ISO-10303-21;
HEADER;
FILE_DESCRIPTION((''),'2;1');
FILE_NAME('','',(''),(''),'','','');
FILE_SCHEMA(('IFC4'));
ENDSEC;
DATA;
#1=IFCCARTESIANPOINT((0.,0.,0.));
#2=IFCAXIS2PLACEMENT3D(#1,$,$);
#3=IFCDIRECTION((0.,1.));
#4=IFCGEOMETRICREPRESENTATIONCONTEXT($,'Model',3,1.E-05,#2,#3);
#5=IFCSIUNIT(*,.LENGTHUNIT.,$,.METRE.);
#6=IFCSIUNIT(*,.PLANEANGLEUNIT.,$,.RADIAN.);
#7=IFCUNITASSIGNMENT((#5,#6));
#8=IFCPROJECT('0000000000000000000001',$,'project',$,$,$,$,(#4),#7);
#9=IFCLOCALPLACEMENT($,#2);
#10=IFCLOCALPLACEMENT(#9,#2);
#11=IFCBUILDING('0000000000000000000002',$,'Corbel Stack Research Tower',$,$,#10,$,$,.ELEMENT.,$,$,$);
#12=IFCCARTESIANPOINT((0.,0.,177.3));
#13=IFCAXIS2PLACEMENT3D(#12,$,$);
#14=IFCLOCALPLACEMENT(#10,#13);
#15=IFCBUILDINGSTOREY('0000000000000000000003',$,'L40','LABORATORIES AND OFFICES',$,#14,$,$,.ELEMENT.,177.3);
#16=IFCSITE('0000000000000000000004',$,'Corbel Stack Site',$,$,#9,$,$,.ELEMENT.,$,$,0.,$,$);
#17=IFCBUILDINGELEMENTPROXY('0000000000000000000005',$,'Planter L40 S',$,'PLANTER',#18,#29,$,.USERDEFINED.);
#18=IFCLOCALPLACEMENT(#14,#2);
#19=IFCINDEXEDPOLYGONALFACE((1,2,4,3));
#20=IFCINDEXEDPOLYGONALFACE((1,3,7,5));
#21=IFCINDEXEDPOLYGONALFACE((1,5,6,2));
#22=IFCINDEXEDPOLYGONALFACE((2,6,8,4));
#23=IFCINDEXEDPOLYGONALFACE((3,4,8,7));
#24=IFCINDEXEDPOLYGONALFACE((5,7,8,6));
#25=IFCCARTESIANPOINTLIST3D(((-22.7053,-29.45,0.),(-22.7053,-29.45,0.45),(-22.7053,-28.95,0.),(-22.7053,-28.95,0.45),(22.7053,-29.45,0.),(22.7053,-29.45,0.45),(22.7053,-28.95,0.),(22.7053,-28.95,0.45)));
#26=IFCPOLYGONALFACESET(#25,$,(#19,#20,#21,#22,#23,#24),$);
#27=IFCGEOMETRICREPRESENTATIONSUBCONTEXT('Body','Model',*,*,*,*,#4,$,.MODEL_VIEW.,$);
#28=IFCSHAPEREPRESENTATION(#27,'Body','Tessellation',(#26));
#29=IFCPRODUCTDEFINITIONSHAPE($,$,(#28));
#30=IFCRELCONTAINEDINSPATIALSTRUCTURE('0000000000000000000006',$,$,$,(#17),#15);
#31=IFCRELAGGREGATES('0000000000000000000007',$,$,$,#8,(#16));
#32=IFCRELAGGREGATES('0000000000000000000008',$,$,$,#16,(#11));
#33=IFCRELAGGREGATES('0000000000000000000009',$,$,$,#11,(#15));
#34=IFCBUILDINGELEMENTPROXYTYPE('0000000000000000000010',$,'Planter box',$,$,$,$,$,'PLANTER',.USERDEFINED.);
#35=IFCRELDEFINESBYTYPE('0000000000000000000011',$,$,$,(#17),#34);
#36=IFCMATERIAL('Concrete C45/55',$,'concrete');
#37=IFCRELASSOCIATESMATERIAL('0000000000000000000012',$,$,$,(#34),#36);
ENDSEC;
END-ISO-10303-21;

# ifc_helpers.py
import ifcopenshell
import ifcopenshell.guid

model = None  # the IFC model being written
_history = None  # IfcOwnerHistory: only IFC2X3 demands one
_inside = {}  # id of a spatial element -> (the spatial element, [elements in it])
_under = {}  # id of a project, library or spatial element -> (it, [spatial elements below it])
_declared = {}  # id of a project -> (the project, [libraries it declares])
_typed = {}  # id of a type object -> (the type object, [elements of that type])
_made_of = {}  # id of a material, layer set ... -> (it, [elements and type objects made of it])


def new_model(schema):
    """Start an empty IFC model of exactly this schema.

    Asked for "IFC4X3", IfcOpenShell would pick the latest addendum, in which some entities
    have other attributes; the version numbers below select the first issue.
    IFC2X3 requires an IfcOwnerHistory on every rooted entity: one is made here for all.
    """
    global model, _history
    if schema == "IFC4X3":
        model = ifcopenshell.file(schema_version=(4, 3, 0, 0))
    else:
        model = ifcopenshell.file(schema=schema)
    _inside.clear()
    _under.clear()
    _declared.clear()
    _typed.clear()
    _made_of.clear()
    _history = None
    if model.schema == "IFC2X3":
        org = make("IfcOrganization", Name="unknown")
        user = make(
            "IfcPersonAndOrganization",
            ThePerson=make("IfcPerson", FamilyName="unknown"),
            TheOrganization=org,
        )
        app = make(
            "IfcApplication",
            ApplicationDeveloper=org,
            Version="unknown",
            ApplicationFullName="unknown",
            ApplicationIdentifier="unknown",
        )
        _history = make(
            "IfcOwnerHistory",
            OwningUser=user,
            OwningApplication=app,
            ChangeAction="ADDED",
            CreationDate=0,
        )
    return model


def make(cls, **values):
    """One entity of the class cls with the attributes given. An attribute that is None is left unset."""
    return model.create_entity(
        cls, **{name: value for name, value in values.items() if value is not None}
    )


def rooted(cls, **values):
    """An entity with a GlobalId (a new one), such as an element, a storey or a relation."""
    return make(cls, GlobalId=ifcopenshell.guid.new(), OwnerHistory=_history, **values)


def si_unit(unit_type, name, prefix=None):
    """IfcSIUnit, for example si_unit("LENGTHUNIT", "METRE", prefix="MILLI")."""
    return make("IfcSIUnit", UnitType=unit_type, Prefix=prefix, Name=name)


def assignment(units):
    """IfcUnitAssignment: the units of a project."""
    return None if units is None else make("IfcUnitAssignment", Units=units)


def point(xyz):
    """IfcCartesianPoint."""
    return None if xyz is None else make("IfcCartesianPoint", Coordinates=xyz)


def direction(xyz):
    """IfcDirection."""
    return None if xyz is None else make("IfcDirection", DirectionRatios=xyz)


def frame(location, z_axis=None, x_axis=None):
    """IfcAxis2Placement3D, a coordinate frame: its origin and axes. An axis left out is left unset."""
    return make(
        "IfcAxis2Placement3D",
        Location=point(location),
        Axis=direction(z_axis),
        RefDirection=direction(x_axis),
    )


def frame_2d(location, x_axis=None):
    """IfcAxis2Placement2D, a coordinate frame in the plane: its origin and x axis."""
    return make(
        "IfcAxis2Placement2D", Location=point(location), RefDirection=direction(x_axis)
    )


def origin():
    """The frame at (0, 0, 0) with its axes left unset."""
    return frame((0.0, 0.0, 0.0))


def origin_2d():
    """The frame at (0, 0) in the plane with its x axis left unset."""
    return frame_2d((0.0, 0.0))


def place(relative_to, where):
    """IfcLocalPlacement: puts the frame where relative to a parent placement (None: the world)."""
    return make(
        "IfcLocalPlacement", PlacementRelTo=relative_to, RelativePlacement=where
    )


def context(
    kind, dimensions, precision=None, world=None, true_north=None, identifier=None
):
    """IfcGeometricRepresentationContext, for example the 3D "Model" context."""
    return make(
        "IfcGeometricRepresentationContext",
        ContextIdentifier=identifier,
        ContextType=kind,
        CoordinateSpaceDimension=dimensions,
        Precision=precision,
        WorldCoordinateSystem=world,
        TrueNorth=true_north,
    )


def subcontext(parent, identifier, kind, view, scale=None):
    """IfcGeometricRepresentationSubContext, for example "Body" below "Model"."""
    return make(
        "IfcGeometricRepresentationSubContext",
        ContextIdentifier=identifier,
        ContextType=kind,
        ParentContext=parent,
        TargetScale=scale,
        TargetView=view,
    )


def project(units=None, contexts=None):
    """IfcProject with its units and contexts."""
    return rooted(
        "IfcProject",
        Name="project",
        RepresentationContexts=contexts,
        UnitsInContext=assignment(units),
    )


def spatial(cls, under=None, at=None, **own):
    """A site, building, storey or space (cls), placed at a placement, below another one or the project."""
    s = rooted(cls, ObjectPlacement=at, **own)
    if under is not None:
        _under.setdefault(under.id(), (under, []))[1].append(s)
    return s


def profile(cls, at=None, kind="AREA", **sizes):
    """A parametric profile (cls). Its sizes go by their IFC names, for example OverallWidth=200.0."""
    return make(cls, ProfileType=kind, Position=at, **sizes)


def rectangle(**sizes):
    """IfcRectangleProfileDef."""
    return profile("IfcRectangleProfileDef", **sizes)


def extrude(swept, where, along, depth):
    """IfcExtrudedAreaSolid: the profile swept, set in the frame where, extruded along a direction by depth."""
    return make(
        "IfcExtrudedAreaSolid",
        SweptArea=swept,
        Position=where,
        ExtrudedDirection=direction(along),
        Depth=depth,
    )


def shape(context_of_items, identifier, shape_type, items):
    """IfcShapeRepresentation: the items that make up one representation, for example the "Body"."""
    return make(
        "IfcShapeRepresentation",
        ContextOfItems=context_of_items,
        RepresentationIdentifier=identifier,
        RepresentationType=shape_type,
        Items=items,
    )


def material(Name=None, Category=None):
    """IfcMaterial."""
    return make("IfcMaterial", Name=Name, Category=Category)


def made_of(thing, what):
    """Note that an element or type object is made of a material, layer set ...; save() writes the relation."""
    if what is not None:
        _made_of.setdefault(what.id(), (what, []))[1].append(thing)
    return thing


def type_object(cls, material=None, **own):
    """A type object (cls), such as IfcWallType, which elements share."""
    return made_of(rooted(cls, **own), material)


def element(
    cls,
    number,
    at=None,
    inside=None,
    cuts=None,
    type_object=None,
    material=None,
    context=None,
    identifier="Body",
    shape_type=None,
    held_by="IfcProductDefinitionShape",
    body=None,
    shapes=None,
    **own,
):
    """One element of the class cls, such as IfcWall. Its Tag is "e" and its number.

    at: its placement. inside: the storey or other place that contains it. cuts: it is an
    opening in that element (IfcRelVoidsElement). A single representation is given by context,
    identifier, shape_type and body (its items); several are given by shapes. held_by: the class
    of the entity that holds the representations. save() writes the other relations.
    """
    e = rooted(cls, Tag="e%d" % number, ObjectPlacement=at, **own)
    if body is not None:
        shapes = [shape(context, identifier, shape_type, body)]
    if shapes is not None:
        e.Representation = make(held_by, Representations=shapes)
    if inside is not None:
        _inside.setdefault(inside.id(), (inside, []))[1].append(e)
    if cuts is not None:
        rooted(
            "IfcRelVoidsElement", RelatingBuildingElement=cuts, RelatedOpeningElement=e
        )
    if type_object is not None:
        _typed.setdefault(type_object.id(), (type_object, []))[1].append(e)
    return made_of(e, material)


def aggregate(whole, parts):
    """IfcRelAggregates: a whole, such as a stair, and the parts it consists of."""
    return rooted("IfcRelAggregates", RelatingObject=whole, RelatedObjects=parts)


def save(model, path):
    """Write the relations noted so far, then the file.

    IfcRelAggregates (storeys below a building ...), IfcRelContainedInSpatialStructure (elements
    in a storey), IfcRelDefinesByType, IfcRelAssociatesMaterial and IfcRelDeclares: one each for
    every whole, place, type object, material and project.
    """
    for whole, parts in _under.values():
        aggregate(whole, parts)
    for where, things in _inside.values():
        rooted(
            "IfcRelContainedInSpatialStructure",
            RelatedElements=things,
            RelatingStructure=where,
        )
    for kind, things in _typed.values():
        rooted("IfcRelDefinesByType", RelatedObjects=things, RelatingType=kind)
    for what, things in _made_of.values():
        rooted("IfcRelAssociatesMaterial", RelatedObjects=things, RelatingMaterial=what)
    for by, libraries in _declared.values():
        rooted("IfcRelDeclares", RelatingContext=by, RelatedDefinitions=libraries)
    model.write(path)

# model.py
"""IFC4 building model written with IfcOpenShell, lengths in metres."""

from ifc_helpers import new_model, si_unit, direction, frame, origin, origin_2d, place, context, subcontext, project, spatial, rectangle, extrude, material, type_object, element, save


model = new_model("IFC4")

# Units and contexts
model_context = context("Model", 3, precision=1e-05, world=origin(), true_north=direction((0.0, 1.0)))
body_context = subcontext(model_context, "Body", "Model", "MODEL_VIEW")
ifc_project = project(units=[si_unit("LENGTHUNIT", "METRE"), si_unit("PLANEANGLEUNIT", "RADIAN")], contexts=[model_context])

# Site, building, storey
site_placement = place(None, origin())
site = spatial("IfcSite", under=ifc_project, at=site_placement, Name="Corbel Stack Site", CompositionType="ELEMENT", RefElevation=0.0)
building_placement = place(site_placement, origin())
building = spatial("IfcBuilding", under=site, at=building_placement, Name="Corbel Stack Research Tower", CompositionType="ELEMENT")
storey_placement = place(building_placement, frame((0.0, 0.0, 177.3)))
storey = spatial("IfcBuildingStorey", under=building, at=storey_placement, Name="L40", Description="LABORATORIES AND OFFICES", CompositionType="ELEMENT", Elevation=177.3)

# Building element proxy
ifc_material_1 = material(Name="Concrete C45/55", Category="concrete")
building_element_proxy_type = type_object("IfcBuildingElementProxyType", Name="Planter box", ElementType="PLANTER", PredefinedType="USERDEFINED", material=ifc_material_1)
proxy_placement = place(storey_placement, frame((0.0, -29.2, 0.0), z_axis=(0.0, 0.0, 1.0), x_axis=(1.0, 0.0, 0.0)))
element("IfcBuildingElementProxy", 1, at=proxy_placement, inside=storey, type_object=building_element_proxy_type, Name="Planter L40 S", ObjectType="PLANTER", PredefinedType="USERDEFINED", context=body_context, shape_type="SweptSolid", body=[
    extrude(rectangle(XDim=45.4106, YDim=0.5, at=origin_2d()), origin(), (0.0, 0.0, 1.0), 0.45),
])

save(model, "model.ifc")
